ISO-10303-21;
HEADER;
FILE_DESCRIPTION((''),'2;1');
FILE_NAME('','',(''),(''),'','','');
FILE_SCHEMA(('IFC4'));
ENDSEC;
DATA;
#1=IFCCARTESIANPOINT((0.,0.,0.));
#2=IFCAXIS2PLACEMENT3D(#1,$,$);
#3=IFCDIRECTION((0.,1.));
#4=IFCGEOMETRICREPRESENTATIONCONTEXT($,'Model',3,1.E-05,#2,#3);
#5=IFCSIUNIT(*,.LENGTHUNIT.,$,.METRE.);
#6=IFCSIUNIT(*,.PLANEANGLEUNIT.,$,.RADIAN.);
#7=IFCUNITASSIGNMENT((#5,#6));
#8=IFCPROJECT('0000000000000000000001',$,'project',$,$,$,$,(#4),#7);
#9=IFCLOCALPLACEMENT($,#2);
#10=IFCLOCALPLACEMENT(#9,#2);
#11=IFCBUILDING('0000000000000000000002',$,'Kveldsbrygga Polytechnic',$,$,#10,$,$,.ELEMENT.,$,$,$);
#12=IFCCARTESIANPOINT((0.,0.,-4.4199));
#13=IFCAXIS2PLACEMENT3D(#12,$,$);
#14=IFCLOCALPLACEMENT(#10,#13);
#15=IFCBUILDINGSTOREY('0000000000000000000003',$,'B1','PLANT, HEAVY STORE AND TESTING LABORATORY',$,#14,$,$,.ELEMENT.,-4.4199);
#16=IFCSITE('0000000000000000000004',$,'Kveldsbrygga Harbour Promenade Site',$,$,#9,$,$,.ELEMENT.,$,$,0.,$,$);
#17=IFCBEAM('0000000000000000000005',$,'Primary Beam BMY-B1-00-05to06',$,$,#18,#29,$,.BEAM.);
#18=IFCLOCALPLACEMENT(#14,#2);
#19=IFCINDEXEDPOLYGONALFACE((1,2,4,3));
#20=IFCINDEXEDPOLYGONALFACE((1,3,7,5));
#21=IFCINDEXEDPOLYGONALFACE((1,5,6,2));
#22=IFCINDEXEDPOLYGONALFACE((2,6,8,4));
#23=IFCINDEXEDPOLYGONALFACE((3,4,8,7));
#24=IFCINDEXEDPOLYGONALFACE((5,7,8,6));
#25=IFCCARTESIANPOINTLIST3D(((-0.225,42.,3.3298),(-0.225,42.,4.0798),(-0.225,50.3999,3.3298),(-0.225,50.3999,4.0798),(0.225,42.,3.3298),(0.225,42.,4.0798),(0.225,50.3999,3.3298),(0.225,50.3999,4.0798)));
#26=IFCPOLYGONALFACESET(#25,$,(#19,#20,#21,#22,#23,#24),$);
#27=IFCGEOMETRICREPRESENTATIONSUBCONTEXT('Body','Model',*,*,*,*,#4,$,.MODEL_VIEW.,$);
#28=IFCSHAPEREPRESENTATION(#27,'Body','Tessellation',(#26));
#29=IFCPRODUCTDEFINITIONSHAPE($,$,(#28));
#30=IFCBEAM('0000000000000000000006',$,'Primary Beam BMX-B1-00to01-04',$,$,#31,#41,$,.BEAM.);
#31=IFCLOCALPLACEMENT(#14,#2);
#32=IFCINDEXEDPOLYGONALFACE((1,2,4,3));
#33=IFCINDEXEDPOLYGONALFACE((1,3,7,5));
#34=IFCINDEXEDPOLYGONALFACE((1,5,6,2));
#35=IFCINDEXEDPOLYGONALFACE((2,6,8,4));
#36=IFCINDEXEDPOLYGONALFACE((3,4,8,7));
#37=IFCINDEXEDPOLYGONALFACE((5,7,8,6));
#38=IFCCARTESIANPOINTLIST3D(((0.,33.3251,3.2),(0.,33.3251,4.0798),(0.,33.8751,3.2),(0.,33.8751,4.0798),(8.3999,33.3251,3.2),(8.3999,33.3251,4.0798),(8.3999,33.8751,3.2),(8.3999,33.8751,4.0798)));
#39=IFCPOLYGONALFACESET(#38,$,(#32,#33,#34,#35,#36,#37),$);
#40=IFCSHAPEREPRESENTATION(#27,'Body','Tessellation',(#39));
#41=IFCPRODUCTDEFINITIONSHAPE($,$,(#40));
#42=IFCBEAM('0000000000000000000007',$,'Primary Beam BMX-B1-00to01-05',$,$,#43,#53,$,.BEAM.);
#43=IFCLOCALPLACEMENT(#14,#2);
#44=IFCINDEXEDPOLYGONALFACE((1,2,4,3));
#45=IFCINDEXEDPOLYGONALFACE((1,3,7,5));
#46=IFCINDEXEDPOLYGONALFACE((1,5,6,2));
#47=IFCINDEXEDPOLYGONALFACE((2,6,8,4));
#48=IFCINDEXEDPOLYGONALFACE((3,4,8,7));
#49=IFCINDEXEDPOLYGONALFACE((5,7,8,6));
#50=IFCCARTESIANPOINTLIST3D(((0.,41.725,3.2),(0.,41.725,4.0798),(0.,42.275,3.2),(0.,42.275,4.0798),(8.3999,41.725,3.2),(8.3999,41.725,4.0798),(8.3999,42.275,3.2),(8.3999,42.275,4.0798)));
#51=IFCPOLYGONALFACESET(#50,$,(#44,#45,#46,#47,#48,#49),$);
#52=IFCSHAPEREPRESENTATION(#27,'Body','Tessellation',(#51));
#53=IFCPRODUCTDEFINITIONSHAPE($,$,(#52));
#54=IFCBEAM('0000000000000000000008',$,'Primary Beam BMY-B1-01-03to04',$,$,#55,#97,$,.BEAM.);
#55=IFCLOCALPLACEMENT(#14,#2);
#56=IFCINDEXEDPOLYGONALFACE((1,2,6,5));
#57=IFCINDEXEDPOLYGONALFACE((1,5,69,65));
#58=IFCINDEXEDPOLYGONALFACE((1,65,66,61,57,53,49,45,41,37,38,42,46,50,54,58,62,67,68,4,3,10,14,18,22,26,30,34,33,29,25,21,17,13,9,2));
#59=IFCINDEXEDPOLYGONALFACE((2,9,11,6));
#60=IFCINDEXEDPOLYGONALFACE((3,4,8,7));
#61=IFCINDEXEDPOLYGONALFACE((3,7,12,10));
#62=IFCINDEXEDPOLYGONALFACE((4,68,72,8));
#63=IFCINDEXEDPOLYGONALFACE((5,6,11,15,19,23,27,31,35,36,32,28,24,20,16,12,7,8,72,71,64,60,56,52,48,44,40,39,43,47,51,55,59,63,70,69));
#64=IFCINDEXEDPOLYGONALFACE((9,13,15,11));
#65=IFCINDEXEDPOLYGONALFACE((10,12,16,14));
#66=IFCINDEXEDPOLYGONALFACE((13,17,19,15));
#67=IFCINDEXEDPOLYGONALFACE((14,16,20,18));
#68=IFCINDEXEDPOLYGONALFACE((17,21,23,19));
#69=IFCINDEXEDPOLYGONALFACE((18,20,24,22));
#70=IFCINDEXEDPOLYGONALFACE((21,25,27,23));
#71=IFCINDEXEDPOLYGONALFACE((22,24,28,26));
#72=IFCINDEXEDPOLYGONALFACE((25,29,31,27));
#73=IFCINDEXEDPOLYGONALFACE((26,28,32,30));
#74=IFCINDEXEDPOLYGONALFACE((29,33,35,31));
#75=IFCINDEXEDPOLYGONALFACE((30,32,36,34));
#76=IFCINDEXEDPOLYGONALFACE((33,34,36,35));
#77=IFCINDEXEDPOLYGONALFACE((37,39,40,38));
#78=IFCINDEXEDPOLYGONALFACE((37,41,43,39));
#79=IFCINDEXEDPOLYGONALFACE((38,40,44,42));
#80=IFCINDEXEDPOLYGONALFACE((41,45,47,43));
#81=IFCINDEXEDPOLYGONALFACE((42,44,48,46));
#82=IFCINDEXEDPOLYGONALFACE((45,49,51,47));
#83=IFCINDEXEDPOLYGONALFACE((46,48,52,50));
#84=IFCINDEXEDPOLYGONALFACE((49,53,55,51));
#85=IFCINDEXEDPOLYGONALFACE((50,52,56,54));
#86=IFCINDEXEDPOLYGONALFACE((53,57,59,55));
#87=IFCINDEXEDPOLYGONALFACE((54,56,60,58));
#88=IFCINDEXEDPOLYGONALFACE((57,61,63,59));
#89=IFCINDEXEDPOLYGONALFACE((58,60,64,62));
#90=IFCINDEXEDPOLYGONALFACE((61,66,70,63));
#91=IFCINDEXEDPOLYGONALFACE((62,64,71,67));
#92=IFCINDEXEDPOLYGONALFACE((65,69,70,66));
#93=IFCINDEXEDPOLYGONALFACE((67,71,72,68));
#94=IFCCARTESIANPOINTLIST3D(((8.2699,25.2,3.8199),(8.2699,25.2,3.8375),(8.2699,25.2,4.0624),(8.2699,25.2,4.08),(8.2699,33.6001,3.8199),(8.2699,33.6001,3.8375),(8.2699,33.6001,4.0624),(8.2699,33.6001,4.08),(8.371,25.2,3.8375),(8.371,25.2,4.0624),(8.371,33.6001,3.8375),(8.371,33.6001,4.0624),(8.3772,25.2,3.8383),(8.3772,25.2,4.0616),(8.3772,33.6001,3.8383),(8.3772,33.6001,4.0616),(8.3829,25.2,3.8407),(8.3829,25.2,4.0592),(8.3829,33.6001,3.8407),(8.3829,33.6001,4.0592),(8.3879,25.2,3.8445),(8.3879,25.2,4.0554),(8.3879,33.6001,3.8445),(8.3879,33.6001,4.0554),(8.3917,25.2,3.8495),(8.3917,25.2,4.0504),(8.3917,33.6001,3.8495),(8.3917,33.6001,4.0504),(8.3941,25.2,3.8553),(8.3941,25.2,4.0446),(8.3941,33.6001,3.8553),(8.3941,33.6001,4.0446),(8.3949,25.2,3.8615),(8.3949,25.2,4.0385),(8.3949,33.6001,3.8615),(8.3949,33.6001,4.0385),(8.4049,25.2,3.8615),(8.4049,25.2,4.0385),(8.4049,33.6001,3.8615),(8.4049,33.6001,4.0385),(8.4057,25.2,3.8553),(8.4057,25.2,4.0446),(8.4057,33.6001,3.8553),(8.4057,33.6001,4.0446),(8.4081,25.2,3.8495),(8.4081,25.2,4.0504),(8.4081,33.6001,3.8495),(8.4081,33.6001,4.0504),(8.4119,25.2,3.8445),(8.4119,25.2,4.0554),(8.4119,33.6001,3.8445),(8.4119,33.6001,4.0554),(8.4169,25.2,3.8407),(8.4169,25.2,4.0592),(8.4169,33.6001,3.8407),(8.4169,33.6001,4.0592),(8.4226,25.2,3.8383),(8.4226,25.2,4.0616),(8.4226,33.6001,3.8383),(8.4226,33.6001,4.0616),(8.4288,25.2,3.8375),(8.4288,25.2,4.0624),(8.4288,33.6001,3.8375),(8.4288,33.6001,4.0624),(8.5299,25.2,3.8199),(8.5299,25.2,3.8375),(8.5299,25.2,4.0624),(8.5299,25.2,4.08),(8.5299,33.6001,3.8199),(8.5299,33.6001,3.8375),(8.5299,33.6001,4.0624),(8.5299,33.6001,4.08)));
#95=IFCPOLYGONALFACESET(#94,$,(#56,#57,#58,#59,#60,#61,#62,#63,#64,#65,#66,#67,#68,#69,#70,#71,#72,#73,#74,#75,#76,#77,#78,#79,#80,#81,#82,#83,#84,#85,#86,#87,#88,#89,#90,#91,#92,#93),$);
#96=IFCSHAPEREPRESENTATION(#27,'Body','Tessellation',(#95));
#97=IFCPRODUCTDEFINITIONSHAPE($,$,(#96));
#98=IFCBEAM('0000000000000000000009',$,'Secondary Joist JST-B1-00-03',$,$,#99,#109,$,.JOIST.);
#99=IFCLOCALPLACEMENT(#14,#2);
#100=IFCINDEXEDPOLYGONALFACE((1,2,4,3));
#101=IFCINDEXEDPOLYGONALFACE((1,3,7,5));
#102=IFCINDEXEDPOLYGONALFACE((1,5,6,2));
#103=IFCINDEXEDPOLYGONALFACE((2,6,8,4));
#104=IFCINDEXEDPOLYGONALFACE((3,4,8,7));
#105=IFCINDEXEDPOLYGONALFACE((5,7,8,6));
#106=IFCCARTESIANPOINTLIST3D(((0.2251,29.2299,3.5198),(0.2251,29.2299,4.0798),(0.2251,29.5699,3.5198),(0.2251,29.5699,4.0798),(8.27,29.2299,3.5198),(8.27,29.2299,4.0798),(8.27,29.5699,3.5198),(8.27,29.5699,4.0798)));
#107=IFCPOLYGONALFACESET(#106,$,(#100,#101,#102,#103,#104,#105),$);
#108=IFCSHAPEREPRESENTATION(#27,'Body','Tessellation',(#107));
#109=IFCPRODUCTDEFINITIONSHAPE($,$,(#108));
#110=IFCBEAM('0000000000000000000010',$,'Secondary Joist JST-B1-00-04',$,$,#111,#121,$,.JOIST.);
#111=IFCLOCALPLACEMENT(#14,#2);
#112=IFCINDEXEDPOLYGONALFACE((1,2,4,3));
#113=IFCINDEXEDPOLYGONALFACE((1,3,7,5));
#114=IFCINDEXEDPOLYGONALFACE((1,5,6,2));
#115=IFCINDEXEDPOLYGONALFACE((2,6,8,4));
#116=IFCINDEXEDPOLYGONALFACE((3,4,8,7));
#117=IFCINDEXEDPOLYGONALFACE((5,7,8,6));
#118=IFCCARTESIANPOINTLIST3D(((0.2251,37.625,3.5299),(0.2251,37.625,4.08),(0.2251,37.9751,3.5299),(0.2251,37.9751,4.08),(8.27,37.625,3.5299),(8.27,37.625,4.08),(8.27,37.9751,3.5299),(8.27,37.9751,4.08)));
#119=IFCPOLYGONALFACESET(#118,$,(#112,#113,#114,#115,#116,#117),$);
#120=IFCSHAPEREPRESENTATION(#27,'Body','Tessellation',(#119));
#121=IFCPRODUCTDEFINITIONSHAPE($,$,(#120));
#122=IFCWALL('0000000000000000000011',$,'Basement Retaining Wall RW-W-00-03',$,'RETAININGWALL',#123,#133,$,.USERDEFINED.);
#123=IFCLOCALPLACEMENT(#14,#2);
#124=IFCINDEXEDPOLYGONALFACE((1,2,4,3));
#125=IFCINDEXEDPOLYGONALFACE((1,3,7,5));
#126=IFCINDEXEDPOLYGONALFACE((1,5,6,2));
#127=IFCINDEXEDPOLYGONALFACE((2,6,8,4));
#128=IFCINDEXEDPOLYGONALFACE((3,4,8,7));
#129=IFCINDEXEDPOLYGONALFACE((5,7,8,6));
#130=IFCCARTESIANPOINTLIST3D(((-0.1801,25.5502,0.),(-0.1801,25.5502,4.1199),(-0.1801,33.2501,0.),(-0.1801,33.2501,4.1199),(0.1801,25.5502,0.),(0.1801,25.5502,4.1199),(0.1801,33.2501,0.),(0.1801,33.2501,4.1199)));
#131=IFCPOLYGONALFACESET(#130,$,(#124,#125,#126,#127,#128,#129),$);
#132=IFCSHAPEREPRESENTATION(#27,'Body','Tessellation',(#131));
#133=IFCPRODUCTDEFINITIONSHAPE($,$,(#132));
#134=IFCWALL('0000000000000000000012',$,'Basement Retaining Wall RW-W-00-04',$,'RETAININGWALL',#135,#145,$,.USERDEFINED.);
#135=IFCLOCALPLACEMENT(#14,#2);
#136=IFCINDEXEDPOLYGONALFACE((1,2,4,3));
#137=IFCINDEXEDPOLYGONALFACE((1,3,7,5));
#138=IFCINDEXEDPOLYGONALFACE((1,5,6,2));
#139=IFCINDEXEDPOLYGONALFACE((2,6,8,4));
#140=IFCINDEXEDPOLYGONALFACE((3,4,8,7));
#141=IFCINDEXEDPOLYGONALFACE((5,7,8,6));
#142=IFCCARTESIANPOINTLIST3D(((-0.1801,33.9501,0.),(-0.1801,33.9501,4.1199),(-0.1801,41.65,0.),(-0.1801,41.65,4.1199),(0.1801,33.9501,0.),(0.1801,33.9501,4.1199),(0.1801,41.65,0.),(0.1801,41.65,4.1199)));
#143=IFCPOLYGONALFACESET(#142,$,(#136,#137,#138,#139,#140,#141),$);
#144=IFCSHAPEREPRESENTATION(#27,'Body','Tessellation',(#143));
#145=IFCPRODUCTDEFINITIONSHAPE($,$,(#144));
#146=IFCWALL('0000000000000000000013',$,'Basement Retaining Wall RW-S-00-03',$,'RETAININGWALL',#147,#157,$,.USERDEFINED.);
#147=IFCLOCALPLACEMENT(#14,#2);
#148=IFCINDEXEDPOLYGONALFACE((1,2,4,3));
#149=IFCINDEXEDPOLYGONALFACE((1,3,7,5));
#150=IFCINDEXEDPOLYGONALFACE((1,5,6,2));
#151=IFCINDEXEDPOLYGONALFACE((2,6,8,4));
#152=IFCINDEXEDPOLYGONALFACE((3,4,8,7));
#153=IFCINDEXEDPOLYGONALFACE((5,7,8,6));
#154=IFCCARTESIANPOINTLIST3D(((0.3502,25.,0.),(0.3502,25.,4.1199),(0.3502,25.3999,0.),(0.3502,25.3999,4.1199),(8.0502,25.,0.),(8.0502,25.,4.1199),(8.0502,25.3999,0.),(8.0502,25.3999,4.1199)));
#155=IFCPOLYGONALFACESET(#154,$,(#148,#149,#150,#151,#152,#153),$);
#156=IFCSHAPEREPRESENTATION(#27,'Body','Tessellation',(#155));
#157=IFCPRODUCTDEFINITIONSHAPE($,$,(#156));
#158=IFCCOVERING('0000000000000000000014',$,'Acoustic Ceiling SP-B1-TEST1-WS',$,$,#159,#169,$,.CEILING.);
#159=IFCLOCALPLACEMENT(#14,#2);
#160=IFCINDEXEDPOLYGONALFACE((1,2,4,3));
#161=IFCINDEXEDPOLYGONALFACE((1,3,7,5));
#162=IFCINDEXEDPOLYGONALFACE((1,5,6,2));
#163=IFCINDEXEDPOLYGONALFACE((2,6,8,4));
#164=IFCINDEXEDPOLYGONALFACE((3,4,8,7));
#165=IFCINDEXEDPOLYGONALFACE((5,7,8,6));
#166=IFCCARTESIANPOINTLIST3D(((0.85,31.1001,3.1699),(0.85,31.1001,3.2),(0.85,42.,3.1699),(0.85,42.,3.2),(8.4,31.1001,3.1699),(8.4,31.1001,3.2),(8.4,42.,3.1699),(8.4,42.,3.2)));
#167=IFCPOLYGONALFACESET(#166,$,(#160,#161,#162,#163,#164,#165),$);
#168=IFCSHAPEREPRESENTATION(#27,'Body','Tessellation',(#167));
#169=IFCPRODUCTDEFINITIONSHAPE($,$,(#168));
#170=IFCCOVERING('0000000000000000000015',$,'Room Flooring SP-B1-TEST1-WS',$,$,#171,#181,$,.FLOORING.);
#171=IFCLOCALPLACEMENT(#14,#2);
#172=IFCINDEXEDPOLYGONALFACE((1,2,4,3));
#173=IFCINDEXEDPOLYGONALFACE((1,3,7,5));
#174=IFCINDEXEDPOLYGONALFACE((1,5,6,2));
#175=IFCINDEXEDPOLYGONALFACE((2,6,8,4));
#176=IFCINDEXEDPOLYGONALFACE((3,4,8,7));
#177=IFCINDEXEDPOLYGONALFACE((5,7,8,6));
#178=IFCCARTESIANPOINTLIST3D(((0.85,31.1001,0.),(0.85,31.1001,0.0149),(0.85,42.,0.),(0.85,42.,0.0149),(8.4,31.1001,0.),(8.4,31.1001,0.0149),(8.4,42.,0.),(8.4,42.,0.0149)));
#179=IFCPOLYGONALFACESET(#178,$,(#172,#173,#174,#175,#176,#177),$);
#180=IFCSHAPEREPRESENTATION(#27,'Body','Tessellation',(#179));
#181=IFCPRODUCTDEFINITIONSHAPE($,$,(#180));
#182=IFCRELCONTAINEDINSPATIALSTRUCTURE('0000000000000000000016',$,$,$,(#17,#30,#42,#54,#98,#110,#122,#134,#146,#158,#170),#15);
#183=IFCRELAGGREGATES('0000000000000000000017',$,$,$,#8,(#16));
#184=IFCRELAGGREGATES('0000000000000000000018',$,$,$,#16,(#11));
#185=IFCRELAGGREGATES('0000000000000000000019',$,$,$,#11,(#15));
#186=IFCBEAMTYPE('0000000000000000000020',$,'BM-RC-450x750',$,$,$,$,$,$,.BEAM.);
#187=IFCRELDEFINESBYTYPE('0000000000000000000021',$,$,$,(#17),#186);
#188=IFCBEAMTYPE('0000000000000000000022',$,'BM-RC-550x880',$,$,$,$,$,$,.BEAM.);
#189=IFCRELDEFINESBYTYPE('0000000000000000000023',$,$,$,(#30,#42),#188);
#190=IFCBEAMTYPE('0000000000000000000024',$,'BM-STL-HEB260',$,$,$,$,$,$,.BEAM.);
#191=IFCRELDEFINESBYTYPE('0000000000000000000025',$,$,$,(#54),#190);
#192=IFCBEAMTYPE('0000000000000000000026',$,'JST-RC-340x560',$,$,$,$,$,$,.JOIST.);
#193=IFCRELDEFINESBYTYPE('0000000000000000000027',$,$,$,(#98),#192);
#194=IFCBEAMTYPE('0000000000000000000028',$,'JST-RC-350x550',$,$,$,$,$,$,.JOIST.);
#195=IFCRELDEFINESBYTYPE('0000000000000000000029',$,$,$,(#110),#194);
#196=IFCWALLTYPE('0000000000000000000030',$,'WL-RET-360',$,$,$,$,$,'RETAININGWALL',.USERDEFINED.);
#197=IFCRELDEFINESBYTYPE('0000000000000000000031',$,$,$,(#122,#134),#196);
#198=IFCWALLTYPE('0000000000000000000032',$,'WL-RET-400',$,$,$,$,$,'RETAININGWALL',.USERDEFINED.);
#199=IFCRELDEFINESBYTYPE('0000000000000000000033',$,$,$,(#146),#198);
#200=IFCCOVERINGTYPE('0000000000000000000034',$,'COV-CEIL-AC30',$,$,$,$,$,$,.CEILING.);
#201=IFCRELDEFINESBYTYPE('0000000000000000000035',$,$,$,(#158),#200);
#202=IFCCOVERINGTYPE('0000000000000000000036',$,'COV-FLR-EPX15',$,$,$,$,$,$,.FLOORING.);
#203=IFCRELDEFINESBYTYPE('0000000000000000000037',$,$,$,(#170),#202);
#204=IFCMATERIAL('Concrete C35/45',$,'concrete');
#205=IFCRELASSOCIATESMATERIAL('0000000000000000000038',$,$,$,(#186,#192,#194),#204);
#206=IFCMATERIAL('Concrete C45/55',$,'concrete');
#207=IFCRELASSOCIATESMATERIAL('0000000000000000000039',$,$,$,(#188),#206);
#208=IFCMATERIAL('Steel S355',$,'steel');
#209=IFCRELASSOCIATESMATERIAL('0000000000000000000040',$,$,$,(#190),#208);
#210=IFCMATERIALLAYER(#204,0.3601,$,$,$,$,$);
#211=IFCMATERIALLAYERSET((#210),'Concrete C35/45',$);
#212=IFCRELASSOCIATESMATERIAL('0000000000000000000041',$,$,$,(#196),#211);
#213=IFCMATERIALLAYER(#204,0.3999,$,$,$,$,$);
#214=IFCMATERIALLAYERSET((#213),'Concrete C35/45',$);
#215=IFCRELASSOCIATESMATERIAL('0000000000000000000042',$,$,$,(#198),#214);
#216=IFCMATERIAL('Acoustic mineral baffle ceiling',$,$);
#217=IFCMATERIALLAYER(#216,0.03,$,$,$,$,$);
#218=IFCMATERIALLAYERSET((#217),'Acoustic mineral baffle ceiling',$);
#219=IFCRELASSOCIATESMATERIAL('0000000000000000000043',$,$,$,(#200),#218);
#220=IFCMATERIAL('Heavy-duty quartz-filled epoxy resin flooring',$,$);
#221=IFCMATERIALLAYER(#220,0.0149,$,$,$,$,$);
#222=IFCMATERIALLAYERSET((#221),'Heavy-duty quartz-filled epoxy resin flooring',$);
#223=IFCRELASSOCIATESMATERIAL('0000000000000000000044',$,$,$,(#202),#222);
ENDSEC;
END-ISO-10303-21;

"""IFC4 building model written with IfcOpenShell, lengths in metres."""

from ifc_helpers import new_model, si_unit, direction, frame, frame_2d, origin, origin_2d, place, context, subcontext, project, spatial, rectangle, i_section, extrude, material, layer, layer_set, material_profile, profile_set, type_object, element, save


model = new_model("IFC4")

# Units and contexts
model_context = context("Model", 3, precision=1e-05, world=origin(), true_north=direction((0.0, 1.0)))
body_context = subcontext(model_context, "Body", "Model", "MODEL_VIEW")
ifc_project = project(units=[si_unit("LENGTHUNIT", "METRE"), si_unit("PLANEANGLEUNIT", "RADIAN")], contexts=[model_context])

# Site, building, storey
site_placement = place(None, origin())
site = spatial("IfcSite", under=ifc_project, at=site_placement, Name="Kveldsbrygga Harbour Promenade Site", CompositionType="ELEMENT", RefElevation=0.0)
building_placement = place(site_placement, origin())
building = spatial("IfcBuilding", under=site, at=building_placement, Name="Kveldsbrygga Polytechnic", CompositionType="ELEMENT")
storey_placement = place(building_placement, frame((0.0, 0.0, -4.4199)))
storey = spatial("IfcBuildingStorey", under=building, at=storey_placement, Name="B1", Description="PLANT, HEAVY STORE AND TESTING LABORATORY", CompositionType="ELEMENT", Elevation=-4.4199)

# Shared definitions
ifc_material_1 = material(Name="Concrete C45/55", Category="concrete")
ifc_material_2 = material(Name="Concrete C35/45", Category="concrete")

# Beams
ifc_material_profile_1 = material_profile(ifc_material_2, rectangle(XDim=0.45, YDim=0.75, at=origin_2d()), Name="RC 450x750")
ifc_profile_set_1 = profile_set([ifc_material_profile_1], Name="Concrete C35/45")
beam_type_1 = type_object("IfcBeamType", Name="BM-RC-450x750", PredefinedType="BEAM", material=ifc_profile_set_1)
for number, where, z_axis, x_axis, name in (
    (1, (0.0, 42.0, 3.7048), (0.0, 1.0, 0.0), (-1.0, 0.0, 0.0), "Primary Beam BMY-B1-00-05to06"),
):
    element("IfcBeam", number, at=place(storey_placement, frame(where, z_axis=z_axis, x_axis=x_axis)), inside=storey, type_object=beam_type_1, Name=name, PredefinedType="BEAM", context=body_context, shape_type="SweptSolid", body=[
        extrude(rectangle(XDim=0.45, YDim=0.75, at=origin_2d()), origin(), (0.0, 0.0, 1.0), 8.3999),
    ])
ifc_material_profile_2 = material_profile(ifc_material_1, rectangle(XDim=0.55, YDim=0.8799, at=origin_2d()), Name="RC 550x880")
ifc_profile_set_2 = profile_set([ifc_material_profile_2], Name="Concrete C45/55")
beam_type_2 = type_object("IfcBeamType", Name="BM-RC-550x880", PredefinedType="BEAM", material=ifc_profile_set_2)
for number, where, z_axis, x_axis, name in (
    (2, (0.0, 33.6001, 3.6399), (1.0, 0.0, 0.0), (0.0, 1.0, 0.0), "Primary Beam BMX-B1-00to01-04"),
    (3, (0.0, 42.0, 3.6399), (1.0, 0.0, 0.0), (0.0, 1.0, 0.0), "Primary Beam BMX-B1-00to01-05"),
):
    element("IfcBeam", number, at=place(storey_placement, frame(where, z_axis=z_axis, x_axis=x_axis)), inside=storey, type_object=beam_type_2, Name=name, PredefinedType="BEAM", context=body_context, shape_type="SweptSolid", body=[
        extrude(rectangle(XDim=0.55, YDim=0.8799, at=origin_2d()), origin(), (0.0, 0.0, 1.0), 8.3999),
    ])
ifc_material_3 = material(Name="Steel S355", Category="steel")
ifc_material_profile_3 = material_profile(ifc_material_3, i_section(OverallWidth=0.26, OverallDepth=0.26, WebThickness=0.01, FlangeThickness=0.0176, FilletRadius=0.0239, at=origin_2d()), Name="HEB 260")
ifc_profile_set_3 = profile_set([ifc_material_profile_3], Name="Steel S355")
beam_type_3 = type_object("IfcBeamType", Name="BM-STL-HEB260", PredefinedType="BEAM", material=ifc_profile_set_3)
beam_1_placement = place(storey_placement, frame((8.3999, 25.2, 3.95), z_axis=(0.0, 1.0, 0.0), x_axis=(-1.0, 0.0, 0.0)))
element("IfcBeam", 4, at=beam_1_placement, inside=storey, type_object=beam_type_3, Name="Primary Beam BMY-B1-01-03to04", PredefinedType="BEAM", context=body_context, shape_type="SweptSolid", body=[
    extrude(i_section(OverallWidth=0.26, OverallDepth=0.26, WebThickness=0.01, FlangeThickness=0.0176, FilletRadius=0.0239, at=origin_2d()), origin(), (0.0, 0.0, 1.0), 8.4001),
])
ifc_material_profile_4 = material_profile(ifc_material_2, rectangle(XDim=0.3401, YDim=0.5601, at=origin_2d()), Name="RC 340x560")
ifc_profile_set_4 = profile_set([ifc_material_profile_4], Name="Concrete C35/45")
beam_type_4 = type_object("IfcBeamType", Name="JST-RC-340x560", PredefinedType="JOIST", material=ifc_profile_set_4)
beam_2_placement = place(storey_placement, frame((0.2251, 29.3999, 3.7998), z_axis=(1.0, 0.0, 0.0), x_axis=(0.0, 1.0, 0.0)))
element("IfcBeam", 5, at=beam_2_placement, inside=storey, type_object=beam_type_4, Name="Secondary Joist JST-B1-00-03", PredefinedType="JOIST", context=body_context, shape_type="SweptSolid", body=[
    extrude(rectangle(XDim=0.3401, YDim=0.5601, at=origin_2d()), origin(), (0.0, 0.0, 1.0), 8.0449),
])
ifc_material_profile_5 = material_profile(ifc_material_2, rectangle(XDim=0.3501, YDim=0.55, at=origin_2d()), Name="RC 350x550")
ifc_profile_set_5 = profile_set([ifc_material_profile_5], Name="Concrete C35/45")
beam_type_5 = type_object("IfcBeamType", Name="JST-RC-350x550", PredefinedType="JOIST", material=ifc_profile_set_5)
beam_3_placement = place(storey_placement, frame((0.2251, 37.8, 3.8049), z_axis=(1.0, 0.0, 0.0), x_axis=(0.0, 1.0, 0.0)))
element("IfcBeam", 6, at=beam_3_placement, inside=storey, type_object=beam_type_5, Name="Secondary Joist JST-B1-00-04", PredefinedType="JOIST", context=body_context, shape_type="SweptSolid", body=[
    extrude(rectangle(XDim=0.3501, YDim=0.55, at=origin_2d()), origin(), (0.0, 0.0, 1.0), 8.0449),
])

# Walls
ifc_layer_1 = layer(ifc_material_2, 0.3601)
ifc_layer_set_1 = layer_set([ifc_layer_1], Name="Concrete C35/45")
wall_type_1 = type_object("IfcWallType", Name="WL-RET-360", ElementType="RETAININGWALL", PredefinedType="USERDEFINED", material=ifc_layer_set_1)
for number, where, z_axis, x_axis, name in (
    (7, (0.0, 25.55, 0.0), (0.0, 0.0, 1.0), (0.0, 1.0, 0.0), "Basement Retaining Wall RW-W-00-03"),
    (8, (0.0, 33.95, 0.0), (0.0, 0.0, 1.0), (0.0, 1.0, 0.0), "Basement Retaining Wall RW-W-00-04"),
):
    element("IfcWall", number, at=place(storey_placement, frame(where, z_axis=z_axis, x_axis=x_axis)), inside=storey, type_object=wall_type_1, Name=name, ObjectType="RETAININGWALL", PredefinedType="USERDEFINED", context=body_context, shape_type="SweptSolid", body=[
        extrude(rectangle(XDim=7.7, YDim=0.3601, at=frame_2d((3.8501, 0.0))), origin(), (0.0, 0.0, 1.0), 4.1199),
    ])
ifc_layer_2 = layer(ifc_material_2, 0.3999)
ifc_layer_set_2 = layer_set([ifc_layer_2], Name="Concrete C35/45")
wall_type_2 = type_object("IfcWallType", Name="WL-RET-400", ElementType="RETAININGWALL", PredefinedType="USERDEFINED", material=ifc_layer_set_2)
wall_placement = place(storey_placement, frame((0.3501, 25.2, 0.0), z_axis=(0.0, 0.0, 1.0), x_axis=(1.0, 0.0, 0.0)))
element("IfcWall", 9, at=wall_placement, inside=storey, type_object=wall_type_2, Name="Basement Retaining Wall RW-S-00-03", ObjectType="RETAININGWALL", PredefinedType="USERDEFINED", context=body_context, shape_type="SweptSolid", body=[
    extrude(rectangle(XDim=7.7, YDim=0.3999, at=frame_2d((3.8501, 0.0))), origin(), (0.0, 0.0, 1.0), 4.1199),
])

# Coverings
ifc_material_4 = material(Name="Acoustic mineral baffle ceiling")
ifc_layer_3 = layer(ifc_material_4, 0.03)
ifc_layer_set_3 = layer_set([ifc_layer_3], Name="Acoustic mineral baffle ceiling")
covering_type_1 = type_object("IfcCoveringType", Name="COV-CEIL-AC30", PredefinedType="CEILING", material=ifc_layer_set_3)
covering_1_placement = place(storey_placement, frame((4.625, 36.55, 3.1699), z_axis=(0.0, 0.0, 1.0), x_axis=(1.0, 0.0, 0.0)))
element("IfcCovering", 10, at=covering_1_placement, inside=storey, type_object=covering_type_1, Name="Acoustic Ceiling SP-B1-TEST1-WS", PredefinedType="CEILING", context=body_context, shape_type="SweptSolid", body=[
    extrude(rectangle(XDim=7.55, YDim=10.8999, at=origin_2d()), origin(), (0.0, 0.0, 1.0), 0.03),
])
ifc_material_5 = material(Name="Heavy-duty quartz-filled epoxy resin flooring")
ifc_layer_4 = layer(ifc_material_5, 0.0149)
ifc_layer_set_4 = layer_set([ifc_layer_4], Name="Heavy-duty quartz-filled epoxy resin flooring")
covering_type_2 = type_object("IfcCoveringType", Name="COV-FLR-EPX15", PredefinedType="FLOORING", material=ifc_layer_set_4)
covering_2_placement = place(storey_placement, frame((4.625, 36.55, 0.0), z_axis=(0.0, 0.0, 1.0), x_axis=(1.0, 0.0, 0.0)))
element("IfcCovering", 11, at=covering_2_placement, inside=storey, type_object=covering_type_2, Name="Room Flooring SP-B1-TEST1-WS", PredefinedType="FLOORING", context=body_context, shape_type="SweptSolid", body=[
    extrude(rectangle(XDim=7.55, YDim=10.8999, at=origin_2d()), origin(), (0.0, 0.0, 1.0), 0.0149),
])

save(model, "model.ifc")
